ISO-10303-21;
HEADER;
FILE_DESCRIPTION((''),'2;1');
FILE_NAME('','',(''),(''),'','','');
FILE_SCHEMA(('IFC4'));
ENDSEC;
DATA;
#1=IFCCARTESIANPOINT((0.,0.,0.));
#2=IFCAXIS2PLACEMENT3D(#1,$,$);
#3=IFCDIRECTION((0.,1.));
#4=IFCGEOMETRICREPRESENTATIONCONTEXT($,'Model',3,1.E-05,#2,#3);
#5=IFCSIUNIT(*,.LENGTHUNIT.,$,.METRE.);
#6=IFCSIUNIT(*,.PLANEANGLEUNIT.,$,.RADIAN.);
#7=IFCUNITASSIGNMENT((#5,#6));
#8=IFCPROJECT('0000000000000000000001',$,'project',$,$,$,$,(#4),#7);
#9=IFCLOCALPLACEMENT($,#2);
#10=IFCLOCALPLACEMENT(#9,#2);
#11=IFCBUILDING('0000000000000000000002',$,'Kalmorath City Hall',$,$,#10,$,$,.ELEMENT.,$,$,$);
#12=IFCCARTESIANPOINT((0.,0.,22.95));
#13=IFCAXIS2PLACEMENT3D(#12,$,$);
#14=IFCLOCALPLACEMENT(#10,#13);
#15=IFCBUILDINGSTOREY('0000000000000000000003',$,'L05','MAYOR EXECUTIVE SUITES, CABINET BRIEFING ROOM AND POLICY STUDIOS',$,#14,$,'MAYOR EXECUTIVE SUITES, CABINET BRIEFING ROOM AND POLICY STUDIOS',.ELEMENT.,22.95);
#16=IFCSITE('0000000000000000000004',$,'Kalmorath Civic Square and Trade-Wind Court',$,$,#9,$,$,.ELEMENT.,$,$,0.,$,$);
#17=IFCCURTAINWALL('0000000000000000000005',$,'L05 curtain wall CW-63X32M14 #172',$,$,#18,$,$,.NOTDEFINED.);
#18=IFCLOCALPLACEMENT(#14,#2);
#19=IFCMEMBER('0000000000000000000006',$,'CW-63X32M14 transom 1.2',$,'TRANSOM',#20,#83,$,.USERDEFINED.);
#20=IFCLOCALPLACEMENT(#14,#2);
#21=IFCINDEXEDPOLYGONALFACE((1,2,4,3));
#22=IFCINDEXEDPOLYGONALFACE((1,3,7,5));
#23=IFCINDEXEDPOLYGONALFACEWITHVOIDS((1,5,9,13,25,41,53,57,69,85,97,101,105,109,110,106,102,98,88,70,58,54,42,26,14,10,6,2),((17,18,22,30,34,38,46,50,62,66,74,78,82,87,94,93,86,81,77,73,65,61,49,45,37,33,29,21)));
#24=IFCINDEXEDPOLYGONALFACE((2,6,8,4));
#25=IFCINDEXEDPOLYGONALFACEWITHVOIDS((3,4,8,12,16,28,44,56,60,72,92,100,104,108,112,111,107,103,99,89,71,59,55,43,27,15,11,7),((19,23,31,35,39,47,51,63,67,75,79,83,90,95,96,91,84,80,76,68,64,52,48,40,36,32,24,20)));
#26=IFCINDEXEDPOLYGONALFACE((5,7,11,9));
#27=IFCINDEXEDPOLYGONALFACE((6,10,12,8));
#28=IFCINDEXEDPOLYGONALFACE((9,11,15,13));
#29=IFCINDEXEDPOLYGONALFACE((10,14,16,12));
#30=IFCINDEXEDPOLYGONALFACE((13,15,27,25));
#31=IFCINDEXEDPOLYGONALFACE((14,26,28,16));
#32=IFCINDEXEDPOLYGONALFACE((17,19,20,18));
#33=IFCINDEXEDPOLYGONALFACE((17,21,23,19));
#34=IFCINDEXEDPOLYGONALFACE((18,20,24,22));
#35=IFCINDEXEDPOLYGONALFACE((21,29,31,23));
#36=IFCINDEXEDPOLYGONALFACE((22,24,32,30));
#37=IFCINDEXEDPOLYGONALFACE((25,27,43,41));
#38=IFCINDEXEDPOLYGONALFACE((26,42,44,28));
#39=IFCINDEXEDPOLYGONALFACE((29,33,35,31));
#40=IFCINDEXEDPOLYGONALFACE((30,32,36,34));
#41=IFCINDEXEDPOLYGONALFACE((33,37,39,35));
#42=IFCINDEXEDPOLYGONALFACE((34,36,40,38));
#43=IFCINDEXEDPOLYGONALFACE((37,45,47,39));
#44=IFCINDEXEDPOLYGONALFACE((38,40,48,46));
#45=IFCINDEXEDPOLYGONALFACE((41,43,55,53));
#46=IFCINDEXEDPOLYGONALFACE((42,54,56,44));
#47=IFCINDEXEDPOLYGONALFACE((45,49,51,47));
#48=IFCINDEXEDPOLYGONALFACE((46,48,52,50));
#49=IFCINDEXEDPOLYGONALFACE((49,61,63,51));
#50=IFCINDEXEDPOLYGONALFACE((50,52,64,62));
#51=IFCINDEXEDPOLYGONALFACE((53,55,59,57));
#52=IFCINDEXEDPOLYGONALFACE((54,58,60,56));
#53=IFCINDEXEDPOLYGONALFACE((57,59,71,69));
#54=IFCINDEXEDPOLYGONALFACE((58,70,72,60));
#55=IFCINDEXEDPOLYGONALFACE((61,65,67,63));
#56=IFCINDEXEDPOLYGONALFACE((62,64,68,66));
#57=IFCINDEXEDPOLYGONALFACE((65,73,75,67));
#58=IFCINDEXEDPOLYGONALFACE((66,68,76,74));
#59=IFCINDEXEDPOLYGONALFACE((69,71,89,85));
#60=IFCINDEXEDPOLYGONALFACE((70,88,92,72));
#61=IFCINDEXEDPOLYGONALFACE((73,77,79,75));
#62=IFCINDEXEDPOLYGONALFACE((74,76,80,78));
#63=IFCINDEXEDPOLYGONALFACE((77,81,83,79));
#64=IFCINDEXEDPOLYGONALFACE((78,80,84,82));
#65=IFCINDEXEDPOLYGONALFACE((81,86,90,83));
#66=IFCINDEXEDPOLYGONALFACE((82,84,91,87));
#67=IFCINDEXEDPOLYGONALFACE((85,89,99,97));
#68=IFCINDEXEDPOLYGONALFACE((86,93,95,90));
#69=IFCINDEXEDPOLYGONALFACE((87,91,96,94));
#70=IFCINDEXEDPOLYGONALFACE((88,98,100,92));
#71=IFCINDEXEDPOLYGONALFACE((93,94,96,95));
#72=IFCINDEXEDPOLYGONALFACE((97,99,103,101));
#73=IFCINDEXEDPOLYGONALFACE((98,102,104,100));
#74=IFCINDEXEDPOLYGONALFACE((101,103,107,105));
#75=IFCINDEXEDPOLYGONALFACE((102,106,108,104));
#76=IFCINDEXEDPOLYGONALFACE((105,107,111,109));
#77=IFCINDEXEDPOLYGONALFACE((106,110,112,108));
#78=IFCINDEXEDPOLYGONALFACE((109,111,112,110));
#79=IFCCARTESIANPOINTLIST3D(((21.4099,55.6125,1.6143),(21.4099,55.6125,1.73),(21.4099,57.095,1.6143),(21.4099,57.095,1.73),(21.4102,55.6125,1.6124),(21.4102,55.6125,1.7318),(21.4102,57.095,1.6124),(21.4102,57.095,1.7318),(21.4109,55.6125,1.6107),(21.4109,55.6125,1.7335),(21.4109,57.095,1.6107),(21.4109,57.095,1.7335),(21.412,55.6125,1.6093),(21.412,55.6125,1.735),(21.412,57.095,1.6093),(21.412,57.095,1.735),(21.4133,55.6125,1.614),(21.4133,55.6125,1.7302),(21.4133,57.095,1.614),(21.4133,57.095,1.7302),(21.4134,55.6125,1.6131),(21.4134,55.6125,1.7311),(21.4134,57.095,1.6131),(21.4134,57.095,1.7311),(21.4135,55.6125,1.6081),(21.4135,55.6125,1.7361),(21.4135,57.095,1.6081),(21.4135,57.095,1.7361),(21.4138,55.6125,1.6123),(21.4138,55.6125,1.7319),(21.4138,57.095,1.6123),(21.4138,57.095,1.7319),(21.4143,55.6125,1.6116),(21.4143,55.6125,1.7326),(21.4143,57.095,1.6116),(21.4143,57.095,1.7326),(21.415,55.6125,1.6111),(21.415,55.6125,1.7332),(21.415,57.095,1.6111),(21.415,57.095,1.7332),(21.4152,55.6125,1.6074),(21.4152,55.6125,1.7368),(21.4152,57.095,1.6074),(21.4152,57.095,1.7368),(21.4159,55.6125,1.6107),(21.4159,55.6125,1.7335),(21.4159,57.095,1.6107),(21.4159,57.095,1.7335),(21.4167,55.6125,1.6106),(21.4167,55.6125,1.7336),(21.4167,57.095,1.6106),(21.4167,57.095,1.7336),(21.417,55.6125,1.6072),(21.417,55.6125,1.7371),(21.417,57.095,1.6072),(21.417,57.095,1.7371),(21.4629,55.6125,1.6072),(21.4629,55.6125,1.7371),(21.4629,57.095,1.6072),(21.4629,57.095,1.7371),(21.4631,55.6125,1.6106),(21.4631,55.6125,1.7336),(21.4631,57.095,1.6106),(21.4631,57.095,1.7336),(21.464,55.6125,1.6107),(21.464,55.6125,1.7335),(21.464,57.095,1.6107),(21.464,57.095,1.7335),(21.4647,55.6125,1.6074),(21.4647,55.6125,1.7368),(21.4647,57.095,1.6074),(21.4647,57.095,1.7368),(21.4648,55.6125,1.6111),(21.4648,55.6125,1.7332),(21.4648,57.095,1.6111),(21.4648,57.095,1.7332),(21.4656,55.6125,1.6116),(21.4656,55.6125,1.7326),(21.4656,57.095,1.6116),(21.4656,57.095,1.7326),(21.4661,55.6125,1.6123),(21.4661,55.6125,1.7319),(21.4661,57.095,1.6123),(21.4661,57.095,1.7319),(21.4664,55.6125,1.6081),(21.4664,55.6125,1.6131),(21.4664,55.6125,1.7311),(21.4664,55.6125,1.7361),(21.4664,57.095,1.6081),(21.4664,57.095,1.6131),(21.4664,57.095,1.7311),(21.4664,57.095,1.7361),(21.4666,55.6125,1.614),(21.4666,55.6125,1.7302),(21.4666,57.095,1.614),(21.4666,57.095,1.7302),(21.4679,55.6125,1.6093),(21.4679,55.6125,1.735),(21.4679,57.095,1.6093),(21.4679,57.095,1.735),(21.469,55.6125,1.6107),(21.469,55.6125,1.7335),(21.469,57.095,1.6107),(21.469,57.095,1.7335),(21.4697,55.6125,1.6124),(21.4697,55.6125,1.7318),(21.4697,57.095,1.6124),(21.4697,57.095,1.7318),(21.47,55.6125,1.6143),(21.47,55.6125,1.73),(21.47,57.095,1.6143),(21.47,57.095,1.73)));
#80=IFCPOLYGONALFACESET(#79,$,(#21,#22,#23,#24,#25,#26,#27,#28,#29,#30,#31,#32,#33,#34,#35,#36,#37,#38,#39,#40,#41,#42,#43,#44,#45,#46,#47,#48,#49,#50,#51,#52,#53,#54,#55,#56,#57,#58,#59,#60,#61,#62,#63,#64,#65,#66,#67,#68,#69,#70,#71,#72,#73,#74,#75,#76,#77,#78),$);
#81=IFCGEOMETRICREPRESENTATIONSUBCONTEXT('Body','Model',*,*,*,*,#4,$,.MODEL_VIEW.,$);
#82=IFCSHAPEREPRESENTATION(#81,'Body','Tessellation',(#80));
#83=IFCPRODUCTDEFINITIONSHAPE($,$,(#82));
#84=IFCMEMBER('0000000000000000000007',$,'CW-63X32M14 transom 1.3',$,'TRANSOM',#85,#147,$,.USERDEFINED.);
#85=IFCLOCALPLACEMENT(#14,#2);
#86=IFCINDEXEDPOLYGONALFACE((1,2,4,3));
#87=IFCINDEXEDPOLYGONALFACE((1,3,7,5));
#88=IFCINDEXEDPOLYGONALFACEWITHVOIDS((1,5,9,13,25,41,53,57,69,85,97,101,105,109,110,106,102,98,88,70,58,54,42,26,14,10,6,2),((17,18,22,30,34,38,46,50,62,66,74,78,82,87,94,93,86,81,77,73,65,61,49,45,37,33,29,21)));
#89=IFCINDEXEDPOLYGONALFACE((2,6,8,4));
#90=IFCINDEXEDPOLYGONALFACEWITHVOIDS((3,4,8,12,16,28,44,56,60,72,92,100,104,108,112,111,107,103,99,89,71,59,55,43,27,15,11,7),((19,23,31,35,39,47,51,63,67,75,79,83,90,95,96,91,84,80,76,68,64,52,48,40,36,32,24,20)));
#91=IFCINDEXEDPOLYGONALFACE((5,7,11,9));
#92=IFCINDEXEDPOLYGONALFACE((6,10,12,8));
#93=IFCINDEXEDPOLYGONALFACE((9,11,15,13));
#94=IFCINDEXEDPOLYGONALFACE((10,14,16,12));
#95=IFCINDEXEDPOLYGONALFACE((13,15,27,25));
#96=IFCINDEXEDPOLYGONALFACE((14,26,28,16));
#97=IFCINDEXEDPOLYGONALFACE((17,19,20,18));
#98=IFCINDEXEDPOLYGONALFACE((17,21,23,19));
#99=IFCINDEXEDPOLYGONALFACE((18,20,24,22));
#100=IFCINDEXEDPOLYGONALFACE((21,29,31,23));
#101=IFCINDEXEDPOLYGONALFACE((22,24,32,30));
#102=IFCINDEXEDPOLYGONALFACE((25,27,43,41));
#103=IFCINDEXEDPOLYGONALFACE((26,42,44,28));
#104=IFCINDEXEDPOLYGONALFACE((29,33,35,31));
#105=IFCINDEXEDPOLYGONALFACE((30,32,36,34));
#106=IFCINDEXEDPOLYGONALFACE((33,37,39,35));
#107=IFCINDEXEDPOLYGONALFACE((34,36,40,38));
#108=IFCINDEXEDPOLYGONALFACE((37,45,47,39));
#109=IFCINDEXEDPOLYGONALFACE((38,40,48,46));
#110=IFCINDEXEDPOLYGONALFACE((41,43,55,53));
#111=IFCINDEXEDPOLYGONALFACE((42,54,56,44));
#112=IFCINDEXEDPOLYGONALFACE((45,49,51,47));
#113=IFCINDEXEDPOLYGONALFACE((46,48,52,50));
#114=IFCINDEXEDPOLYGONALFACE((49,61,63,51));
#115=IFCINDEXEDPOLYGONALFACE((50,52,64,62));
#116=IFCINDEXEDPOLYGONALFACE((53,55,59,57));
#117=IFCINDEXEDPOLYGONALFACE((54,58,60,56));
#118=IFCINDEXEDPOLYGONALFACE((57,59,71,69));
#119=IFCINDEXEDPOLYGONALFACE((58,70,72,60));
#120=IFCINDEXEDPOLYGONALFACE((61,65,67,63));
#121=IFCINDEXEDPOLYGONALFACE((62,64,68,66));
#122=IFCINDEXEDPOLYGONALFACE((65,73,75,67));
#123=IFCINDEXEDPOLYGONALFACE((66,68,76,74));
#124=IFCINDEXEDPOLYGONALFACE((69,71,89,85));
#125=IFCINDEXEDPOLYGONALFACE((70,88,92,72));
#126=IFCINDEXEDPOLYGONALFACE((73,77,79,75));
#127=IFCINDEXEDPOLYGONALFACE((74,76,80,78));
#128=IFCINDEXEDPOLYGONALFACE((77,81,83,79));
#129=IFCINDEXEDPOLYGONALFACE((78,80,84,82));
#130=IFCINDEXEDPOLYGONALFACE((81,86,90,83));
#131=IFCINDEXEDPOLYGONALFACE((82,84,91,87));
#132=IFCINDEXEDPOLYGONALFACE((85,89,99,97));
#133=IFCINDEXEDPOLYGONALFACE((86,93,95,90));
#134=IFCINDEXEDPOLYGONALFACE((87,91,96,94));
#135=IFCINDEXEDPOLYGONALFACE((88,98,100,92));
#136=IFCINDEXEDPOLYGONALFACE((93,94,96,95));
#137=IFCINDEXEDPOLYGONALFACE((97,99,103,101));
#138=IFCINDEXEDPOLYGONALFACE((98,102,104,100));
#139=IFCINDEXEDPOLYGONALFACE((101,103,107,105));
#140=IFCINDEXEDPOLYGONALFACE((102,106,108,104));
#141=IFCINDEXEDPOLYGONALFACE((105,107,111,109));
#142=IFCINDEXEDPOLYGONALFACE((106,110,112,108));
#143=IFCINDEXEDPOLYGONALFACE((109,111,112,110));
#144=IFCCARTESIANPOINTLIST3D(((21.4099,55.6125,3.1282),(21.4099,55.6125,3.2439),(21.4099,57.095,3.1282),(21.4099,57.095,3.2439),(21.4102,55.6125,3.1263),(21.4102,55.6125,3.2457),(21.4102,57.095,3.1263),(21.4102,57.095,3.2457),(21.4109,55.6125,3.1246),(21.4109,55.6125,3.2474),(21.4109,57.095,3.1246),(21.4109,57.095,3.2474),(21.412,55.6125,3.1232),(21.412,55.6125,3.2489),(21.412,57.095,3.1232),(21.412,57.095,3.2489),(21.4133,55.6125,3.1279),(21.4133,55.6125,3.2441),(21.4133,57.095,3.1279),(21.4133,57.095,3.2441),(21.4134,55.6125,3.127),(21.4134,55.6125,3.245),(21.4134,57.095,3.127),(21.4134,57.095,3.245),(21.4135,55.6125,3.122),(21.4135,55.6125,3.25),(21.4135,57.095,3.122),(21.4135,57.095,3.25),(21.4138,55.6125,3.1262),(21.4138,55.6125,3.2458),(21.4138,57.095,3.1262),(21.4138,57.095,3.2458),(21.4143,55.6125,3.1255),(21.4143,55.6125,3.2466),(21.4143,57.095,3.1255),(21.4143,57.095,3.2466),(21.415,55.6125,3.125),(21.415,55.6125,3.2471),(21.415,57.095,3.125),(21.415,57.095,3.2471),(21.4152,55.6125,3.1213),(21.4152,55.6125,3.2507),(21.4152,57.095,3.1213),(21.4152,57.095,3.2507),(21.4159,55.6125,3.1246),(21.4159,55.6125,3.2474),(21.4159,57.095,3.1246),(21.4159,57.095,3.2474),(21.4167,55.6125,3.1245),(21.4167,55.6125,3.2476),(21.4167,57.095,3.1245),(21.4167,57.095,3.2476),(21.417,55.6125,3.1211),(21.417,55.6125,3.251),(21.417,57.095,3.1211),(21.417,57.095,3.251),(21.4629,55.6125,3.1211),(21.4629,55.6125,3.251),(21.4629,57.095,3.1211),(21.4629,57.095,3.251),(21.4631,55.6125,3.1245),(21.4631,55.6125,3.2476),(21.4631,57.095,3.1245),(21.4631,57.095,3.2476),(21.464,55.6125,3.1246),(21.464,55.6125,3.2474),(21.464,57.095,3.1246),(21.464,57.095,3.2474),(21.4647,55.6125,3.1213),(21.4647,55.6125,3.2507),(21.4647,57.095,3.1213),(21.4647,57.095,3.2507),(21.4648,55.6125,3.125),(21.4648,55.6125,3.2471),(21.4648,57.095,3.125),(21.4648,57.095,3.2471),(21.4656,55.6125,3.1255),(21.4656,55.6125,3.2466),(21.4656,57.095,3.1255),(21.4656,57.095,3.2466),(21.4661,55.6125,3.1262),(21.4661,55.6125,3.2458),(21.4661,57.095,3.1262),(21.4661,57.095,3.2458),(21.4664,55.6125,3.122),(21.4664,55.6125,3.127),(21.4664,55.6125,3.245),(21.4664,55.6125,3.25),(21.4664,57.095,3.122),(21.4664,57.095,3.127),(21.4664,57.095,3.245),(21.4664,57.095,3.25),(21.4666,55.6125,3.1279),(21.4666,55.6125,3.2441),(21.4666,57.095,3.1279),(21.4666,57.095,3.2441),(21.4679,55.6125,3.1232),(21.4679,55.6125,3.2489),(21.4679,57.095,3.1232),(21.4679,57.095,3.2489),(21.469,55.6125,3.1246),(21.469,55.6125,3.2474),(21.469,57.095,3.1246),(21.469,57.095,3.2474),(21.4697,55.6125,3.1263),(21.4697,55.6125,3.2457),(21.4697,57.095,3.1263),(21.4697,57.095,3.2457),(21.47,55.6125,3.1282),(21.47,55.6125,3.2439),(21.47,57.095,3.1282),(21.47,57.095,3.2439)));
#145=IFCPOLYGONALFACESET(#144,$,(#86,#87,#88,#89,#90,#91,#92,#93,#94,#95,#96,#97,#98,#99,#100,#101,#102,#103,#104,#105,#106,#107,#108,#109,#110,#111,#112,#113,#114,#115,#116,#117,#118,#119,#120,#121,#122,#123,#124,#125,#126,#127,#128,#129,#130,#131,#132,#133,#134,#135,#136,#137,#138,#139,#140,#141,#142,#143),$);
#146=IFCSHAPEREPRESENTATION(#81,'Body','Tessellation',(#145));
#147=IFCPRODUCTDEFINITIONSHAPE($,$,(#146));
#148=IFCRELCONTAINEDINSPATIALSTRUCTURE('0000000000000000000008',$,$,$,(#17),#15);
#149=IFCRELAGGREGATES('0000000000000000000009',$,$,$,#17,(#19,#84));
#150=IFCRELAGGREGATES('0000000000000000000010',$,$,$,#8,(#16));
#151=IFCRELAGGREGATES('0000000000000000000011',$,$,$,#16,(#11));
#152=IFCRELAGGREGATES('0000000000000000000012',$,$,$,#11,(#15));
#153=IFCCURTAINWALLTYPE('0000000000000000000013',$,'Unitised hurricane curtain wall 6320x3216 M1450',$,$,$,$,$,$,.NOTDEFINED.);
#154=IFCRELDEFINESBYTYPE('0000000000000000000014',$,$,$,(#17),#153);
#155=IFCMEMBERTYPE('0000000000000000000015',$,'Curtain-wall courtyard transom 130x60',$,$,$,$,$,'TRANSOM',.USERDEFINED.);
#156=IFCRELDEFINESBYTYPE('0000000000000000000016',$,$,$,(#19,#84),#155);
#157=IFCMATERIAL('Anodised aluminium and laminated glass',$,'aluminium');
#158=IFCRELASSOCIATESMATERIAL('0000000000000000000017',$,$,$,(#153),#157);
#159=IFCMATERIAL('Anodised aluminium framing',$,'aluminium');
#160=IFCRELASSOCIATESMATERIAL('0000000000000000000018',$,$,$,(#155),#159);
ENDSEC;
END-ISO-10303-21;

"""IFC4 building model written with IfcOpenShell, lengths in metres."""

from ifc_helpers import new_model, si_unit, direction, frame, origin, origin_2d, place, context, subcontext, project, spatial, hollow_rectangle, extrude, material, material_profile, profile_set, type_object, element, aggregate, save


model = new_model("IFC4")

# Units and contexts
model_context = context("Model", 3, precision=1e-05, world=origin(), true_north=direction((0.0, 1.0)))
body_context = subcontext(model_context, "Body", "Model", "MODEL_VIEW")
ifc_project = project(units=[si_unit("LENGTHUNIT", "METRE"), si_unit("PLANEANGLEUNIT", "RADIAN")], contexts=[model_context])

# Site, building, storey
site_placement = place(None, origin())
site = spatial("IfcSite", under=ifc_project, at=site_placement, Name="Kalmorath Civic Square and Trade-Wind Court", CompositionType="ELEMENT", RefElevation=0.0)
building_placement = place(site_placement, origin())
building = spatial("IfcBuilding", under=site, at=building_placement, Name="Kalmorath City Hall", CompositionType="ELEMENT")
storey_placement = place(building_placement, frame((0.0, 0.0, 22.95)))
storey = spatial("IfcBuildingStorey", under=building, at=storey_placement, Name="L05", Description="MAYOR EXECUTIVE SUITES, CABINET BRIEFING ROOM AND POLICY STUDIOS", LongName="MAYOR EXECUTIVE SUITES, CABINET BRIEFING ROOM AND POLICY STUDIOS", CompositionType="ELEMENT", Elevation=22.95)

# Curtain wall, members
ifc_material_1 = material(Name="Anodised aluminium and laminated glass", Category="aluminium")
curtain_wall_type = type_object("IfcCurtainWallType", Name="Unitised hurricane curtain wall 6320x3216 M1450", PredefinedType="NOTDEFINED", material=ifc_material_1)
curtain_wall_placement = place(storey_placement, origin())
curtain_wall = element("IfcCurtainWall", 1, at=curtain_wall_placement, inside=storey, type_object=curtain_wall_type, Name="L05 curtain wall CW-63X32M14 #172", PredefinedType="NOTDEFINED")
ifc_material_2 = material(Name="Anodised aluminium framing", Category="aluminium")
ifc_material_profile_1 = material_profile(ifc_material_2, hollow_rectangle(XDim=0.0601, YDim=0.1299, WallThickness=0.0034, InnerFilletRadius=0.0034, OuterFilletRadius=0.0071, at=origin_2d()), Name="ALU-TRN-130X60X3.5")
ifc_profile_set_1 = profile_set([ifc_material_profile_1], Name="Anodised aluminium framing")
member_type_1 = type_object("IfcMemberType", Name="Curtain-wall courtyard transom 130x60", ElementType="TRANSOM", PredefinedType="USERDEFINED", material=ifc_profile_set_1)
member_1_placement = place(storey_placement, frame((21.4399, 57.095, 1.6721), z_axis=(0.0, -1.0, 0.0), x_axis=(1.0, 0.0, 0.0)))
member_1 = element("IfcMember", 2, at=member_1_placement, type_object=member_type_1, Name="CW-63X32M14 transom 1.2", ObjectType="TRANSOM", PredefinedType="USERDEFINED", context=body_context, shape_type="SweptSolid", body=[
    extrude(hollow_rectangle(XDim=0.0601, YDim=0.1299, WallThickness=0.0034, InnerFilletRadius=0.0034, OuterFilletRadius=0.0071, at=origin_2d()), origin(), (0.0, 0.0, 1.0), 1.4824),
])
member_2_placement = place(storey_placement, frame((21.4399, 57.095, 3.186), z_axis=(0.0, -1.0, 0.0), x_axis=(1.0, 0.0, 0.0)))
member_2 = element("IfcMember", 3, at=member_2_placement, type_object=member_type_1, Name="CW-63X32M14 transom 1.3", ObjectType="TRANSOM", PredefinedType="USERDEFINED", context=body_context, shape_type="SweptSolid", body=[
    extrude(hollow_rectangle(XDim=0.0601, YDim=0.1299, WallThickness=0.0034, InnerFilletRadius=0.0034, OuterFilletRadius=0.0071, at=origin_2d()), origin(), (0.0, 0.0, 1.0), 1.4824),
])

aggregate(curtain_wall, [member_1, member_2])

save(model, "model.ifc")
